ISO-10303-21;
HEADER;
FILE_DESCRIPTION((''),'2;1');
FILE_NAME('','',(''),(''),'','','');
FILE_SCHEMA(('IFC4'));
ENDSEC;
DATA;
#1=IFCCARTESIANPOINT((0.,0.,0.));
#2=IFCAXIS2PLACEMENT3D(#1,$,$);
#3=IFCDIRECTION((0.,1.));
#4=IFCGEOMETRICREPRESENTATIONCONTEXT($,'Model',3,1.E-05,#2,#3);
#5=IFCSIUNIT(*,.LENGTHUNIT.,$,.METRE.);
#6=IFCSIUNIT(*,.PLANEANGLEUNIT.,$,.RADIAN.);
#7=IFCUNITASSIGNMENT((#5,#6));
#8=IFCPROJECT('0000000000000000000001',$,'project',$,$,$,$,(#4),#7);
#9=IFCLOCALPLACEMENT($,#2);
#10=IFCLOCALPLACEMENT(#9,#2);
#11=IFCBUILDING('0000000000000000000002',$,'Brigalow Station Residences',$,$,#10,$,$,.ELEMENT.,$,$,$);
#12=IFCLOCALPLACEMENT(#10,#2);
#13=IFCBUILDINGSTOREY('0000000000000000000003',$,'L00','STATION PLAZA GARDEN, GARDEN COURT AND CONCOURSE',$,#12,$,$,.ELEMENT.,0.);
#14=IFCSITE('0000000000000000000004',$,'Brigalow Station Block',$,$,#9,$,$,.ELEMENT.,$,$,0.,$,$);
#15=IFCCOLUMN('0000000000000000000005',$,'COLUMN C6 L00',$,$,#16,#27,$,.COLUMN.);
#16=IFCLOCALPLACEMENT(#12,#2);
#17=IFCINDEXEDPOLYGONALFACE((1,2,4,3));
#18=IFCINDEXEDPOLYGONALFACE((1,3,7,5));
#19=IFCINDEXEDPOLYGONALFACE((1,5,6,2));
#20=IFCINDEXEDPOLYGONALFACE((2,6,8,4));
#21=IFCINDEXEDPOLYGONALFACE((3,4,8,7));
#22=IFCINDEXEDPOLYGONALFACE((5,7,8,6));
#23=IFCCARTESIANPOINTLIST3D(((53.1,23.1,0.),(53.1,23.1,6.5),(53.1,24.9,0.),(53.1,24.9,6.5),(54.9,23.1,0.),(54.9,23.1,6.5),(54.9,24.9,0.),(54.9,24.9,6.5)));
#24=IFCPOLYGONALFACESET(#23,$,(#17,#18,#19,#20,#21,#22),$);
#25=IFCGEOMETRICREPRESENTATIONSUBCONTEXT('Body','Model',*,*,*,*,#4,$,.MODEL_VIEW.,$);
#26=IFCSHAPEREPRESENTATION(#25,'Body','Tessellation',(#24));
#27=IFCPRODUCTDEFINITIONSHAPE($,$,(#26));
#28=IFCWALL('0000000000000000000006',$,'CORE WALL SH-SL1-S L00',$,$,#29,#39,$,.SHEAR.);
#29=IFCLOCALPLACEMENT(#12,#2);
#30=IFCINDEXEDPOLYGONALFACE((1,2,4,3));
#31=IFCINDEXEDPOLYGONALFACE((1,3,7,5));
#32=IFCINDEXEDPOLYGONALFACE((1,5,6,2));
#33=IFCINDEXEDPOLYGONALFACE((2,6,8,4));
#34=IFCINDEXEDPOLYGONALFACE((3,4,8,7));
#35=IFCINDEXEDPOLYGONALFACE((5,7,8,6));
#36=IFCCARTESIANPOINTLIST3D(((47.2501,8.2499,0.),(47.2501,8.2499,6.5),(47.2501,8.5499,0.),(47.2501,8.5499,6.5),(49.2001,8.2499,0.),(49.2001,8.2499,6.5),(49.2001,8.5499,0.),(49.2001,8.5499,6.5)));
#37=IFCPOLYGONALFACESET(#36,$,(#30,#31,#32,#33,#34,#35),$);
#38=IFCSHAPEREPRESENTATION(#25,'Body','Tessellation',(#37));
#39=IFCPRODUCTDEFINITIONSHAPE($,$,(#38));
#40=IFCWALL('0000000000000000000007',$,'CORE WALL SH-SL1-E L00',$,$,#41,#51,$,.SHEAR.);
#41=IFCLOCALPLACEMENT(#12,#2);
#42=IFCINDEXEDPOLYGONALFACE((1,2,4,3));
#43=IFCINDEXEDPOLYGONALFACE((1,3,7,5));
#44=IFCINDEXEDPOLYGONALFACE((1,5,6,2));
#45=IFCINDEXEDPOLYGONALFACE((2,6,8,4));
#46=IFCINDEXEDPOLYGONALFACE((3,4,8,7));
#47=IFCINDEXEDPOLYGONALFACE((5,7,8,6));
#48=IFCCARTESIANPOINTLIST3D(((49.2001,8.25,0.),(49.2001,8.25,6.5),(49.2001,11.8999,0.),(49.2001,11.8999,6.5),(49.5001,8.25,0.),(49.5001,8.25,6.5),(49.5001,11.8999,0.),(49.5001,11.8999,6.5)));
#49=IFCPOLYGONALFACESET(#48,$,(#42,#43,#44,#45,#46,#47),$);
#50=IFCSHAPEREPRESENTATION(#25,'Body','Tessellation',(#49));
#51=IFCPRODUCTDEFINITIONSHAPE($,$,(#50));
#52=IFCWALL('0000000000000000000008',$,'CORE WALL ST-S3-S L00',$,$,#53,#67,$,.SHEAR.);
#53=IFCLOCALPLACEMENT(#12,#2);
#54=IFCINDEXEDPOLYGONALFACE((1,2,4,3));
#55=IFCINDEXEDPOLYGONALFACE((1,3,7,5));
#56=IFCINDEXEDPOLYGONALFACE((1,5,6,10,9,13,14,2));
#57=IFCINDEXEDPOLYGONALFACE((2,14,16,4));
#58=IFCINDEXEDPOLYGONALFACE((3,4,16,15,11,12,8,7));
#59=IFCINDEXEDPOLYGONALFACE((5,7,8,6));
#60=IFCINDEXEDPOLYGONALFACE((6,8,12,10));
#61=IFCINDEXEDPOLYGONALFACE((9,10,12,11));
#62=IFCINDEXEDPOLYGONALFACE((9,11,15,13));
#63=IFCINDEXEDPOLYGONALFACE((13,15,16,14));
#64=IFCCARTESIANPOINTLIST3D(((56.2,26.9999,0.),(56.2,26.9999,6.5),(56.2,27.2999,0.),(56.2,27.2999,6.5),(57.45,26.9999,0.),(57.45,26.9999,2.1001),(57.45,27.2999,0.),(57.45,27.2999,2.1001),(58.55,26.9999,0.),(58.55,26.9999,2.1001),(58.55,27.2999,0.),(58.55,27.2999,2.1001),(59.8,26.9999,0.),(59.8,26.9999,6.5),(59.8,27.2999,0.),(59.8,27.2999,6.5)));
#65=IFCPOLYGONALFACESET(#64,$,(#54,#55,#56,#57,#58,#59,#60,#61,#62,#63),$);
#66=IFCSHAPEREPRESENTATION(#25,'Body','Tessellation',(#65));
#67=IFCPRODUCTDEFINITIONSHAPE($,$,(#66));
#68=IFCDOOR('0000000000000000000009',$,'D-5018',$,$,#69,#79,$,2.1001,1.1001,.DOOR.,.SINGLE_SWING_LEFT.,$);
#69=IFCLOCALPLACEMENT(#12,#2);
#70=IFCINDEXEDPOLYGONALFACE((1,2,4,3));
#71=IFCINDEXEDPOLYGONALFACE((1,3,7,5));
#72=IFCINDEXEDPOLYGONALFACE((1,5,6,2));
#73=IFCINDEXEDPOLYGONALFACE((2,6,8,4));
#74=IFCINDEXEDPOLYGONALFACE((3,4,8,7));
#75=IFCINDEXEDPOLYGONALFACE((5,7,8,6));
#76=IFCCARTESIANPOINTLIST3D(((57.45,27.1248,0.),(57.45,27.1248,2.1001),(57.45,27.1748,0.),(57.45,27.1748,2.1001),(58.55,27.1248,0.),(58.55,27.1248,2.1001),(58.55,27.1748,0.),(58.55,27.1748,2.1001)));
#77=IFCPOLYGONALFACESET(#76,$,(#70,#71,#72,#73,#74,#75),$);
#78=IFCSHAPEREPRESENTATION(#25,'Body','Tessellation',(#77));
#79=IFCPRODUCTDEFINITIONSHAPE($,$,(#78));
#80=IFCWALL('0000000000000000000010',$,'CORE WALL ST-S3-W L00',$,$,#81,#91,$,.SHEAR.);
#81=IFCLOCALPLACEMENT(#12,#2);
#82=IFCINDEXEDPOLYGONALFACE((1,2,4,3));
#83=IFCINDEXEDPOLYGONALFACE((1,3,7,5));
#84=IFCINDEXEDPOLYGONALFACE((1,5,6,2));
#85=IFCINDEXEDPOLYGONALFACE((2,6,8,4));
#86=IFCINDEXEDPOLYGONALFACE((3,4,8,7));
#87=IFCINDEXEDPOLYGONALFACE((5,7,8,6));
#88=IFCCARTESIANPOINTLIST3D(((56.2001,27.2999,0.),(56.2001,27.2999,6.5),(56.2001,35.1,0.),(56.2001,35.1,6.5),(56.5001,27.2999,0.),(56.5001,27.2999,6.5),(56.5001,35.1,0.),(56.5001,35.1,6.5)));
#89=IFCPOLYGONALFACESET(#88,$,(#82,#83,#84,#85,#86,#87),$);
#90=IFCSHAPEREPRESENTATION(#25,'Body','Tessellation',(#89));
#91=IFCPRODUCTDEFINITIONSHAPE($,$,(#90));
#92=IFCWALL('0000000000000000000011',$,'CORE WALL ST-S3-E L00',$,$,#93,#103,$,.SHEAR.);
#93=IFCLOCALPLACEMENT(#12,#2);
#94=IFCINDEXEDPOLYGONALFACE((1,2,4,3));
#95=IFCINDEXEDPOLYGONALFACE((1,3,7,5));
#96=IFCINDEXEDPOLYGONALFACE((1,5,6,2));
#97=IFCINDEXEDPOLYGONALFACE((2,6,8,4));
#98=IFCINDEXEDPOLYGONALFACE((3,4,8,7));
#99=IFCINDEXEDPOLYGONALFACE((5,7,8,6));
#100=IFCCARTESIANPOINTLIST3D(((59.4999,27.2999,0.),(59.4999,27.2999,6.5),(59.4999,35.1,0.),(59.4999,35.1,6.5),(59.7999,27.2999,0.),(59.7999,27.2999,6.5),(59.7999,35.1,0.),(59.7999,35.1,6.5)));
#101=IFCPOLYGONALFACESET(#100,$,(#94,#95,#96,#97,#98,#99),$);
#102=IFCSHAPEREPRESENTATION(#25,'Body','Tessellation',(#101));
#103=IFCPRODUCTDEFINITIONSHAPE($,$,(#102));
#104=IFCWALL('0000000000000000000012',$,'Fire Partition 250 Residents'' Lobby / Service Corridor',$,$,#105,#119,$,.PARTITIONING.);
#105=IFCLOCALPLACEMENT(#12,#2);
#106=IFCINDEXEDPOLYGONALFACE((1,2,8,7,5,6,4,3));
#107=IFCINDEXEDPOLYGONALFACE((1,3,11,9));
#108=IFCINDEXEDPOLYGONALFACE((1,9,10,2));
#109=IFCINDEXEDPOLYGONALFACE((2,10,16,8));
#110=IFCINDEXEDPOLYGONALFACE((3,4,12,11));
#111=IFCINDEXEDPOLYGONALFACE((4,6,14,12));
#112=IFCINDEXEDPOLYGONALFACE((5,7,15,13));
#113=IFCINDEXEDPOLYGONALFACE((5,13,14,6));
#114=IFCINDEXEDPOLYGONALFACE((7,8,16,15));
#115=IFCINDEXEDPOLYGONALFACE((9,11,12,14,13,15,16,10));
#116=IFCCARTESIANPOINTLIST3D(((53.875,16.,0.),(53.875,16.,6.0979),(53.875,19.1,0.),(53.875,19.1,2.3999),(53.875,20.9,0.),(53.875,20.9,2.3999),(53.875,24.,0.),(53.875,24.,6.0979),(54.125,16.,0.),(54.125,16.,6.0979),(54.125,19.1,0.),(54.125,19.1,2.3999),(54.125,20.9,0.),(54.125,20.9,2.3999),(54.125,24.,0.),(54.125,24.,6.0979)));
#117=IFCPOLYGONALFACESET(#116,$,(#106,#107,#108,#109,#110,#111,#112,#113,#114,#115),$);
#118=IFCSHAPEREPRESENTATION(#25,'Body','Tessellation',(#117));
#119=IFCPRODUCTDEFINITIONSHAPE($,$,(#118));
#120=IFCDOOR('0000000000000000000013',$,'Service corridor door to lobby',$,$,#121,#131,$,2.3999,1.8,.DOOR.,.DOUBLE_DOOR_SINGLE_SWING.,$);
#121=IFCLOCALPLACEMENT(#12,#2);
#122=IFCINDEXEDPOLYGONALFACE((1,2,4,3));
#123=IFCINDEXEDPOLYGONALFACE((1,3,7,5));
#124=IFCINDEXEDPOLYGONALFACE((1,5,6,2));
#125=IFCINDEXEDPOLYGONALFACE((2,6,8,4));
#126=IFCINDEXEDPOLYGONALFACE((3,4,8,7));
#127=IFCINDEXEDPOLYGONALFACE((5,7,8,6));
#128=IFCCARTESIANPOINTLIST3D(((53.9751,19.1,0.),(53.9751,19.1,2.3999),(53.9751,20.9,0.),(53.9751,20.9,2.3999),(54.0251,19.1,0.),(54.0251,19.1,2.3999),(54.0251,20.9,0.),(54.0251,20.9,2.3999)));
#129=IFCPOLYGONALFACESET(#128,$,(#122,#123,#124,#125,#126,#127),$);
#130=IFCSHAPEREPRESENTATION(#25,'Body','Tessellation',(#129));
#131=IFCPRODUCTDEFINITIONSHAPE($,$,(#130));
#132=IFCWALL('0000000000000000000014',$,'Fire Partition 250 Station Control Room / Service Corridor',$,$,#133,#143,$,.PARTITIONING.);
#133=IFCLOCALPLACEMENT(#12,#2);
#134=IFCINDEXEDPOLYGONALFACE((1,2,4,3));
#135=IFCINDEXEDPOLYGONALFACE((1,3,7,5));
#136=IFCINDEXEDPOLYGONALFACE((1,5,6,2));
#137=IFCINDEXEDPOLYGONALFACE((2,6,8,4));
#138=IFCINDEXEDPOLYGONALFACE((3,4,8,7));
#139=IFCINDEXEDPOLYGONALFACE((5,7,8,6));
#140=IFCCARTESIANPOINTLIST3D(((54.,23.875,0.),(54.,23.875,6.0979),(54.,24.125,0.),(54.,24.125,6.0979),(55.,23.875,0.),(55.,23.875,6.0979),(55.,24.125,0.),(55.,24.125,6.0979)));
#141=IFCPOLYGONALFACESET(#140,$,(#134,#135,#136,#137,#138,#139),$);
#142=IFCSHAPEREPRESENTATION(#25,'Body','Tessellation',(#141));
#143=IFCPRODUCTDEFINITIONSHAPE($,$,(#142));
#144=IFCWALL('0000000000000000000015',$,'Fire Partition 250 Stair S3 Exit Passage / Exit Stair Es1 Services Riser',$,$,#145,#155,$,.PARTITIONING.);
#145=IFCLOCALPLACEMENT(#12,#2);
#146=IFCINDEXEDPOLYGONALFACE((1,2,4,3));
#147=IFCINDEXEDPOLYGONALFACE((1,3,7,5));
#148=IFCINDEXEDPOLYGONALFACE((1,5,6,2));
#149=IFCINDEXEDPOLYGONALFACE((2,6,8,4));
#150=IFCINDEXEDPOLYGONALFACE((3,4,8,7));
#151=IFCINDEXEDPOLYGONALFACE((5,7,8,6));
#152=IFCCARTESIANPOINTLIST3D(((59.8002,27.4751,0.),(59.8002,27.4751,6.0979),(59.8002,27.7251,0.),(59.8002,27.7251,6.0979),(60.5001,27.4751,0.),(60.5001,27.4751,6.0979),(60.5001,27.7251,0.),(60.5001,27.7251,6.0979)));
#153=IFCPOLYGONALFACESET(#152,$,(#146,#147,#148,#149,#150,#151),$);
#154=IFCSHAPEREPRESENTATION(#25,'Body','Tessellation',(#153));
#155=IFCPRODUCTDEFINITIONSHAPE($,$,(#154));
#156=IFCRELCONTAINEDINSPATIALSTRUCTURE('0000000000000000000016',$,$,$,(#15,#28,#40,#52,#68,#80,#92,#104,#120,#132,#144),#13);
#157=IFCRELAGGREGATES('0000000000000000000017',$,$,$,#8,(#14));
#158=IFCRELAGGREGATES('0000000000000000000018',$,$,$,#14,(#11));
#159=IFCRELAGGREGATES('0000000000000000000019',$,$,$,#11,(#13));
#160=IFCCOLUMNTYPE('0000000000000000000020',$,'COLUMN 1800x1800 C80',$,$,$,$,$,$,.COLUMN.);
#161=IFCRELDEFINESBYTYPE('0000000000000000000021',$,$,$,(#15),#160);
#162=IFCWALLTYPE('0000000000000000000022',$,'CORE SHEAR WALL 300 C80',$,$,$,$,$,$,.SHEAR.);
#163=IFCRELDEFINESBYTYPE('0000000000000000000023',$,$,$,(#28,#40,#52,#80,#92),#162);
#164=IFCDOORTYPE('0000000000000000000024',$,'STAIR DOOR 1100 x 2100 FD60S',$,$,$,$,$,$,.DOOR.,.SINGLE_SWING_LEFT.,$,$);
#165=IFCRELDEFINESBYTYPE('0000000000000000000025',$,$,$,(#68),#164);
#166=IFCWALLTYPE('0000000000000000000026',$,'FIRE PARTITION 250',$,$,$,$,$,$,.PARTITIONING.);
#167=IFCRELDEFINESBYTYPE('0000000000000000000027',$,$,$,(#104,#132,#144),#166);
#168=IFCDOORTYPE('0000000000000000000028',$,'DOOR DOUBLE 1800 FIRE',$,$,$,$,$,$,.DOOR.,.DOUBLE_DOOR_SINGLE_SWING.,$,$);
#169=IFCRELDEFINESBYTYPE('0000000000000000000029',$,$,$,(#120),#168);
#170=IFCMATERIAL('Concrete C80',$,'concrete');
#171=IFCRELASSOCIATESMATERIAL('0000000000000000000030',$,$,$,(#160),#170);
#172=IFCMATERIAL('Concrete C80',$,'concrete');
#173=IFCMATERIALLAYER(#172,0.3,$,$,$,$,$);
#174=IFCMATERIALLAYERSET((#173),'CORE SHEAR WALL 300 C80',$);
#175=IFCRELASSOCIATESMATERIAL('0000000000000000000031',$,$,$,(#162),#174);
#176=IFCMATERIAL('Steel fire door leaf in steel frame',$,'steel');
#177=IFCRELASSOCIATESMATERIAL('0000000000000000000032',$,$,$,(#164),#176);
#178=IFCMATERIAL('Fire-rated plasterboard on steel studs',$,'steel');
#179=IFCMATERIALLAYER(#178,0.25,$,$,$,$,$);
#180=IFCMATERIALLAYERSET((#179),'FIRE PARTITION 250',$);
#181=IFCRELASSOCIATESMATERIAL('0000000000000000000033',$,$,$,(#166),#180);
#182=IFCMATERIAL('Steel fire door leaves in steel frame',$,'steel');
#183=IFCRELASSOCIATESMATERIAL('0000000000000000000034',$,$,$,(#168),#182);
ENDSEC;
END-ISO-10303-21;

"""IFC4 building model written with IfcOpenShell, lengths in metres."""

from ifc_helpers import new_model, si_unit, direction, frame, frame_2d, origin, origin_2d, place, context, subcontext, project, spatial, rectangle, extrude, material, layer, layer_set, material_profile, profile_set, type_object, element, fill, save


model = new_model("IFC4")

# Units and contexts
model_context = context("Model", 3, precision=1e-05, world=origin(), true_north=direction((0.0, 1.0)))
body_context = subcontext(model_context, "Body", "Model", "MODEL_VIEW")
ifc_project = project(units=[si_unit("LENGTHUNIT", "METRE"), si_unit("PLANEANGLEUNIT", "RADIAN")], contexts=[model_context])

# Site, building, storey
site_placement = place(None, origin())
site = spatial("IfcSite", under=ifc_project, at=site_placement, Name="Brigalow Station Block", CompositionType="ELEMENT", RefElevation=0.0)
building_placement = place(site_placement, origin())
building = spatial("IfcBuilding", under=site, at=building_placement, Name="Brigalow Station Residences", CompositionType="ELEMENT")
storey_placement = place(building_placement, origin())
storey = spatial("IfcBuildingStorey", under=building, at=storey_placement, Name="L00", Description="STATION PLAZA GARDEN, GARDEN COURT AND CONCOURSE", CompositionType="ELEMENT", Elevation=0.0)

# Column
ifc_material_1 = material(Name="Concrete C80", Category="concrete")
ifc_material_profile = material_profile(ifc_material_1, rectangle(XDim=1.8, YDim=1.8, at=origin_2d()), Name="RC1800x1800")
ifc_profile_set = profile_set([ifc_material_profile], Name="Concrete C80")
column_type = type_object("IfcColumnType", Name="COLUMN 1800x1800 C80", PredefinedType="COLUMN", material=ifc_profile_set)
column_placement = place(storey_placement, frame((54.0, 24.0, 0.0), z_axis=(0.0, 0.0, 1.0), x_axis=(1.0, 0.0, 0.0)))
element("IfcColumn", 1, at=column_placement, inside=storey, type_object=column_type, Name="COLUMN C6 L00", PredefinedType="COLUMN", context=body_context, shape_type="SweptSolid", body=[
    extrude(rectangle(XDim=1.8, YDim=1.8, at=origin_2d()), origin(), (0.0, 0.0, 1.0), 6.5),
])

# Walls
ifc_material_2 = material(Name="Concrete C80", Category="concrete")
ifc_layer_1 = layer(ifc_material_2, 0.3)
ifc_layer_set_1 = layer_set([ifc_layer_1], Name="CORE SHEAR WALL 300 C80")
wall_type_1 = type_object("IfcWallType", Name="CORE SHEAR WALL 300 C80", PredefinedType="SHEAR", material=ifc_layer_set_1)
wall_1_placement = place(storey_placement, frame((47.25, 8.3999, 0.0), z_axis=(0.0, 0.0, 1.0), x_axis=(1.0, 0.0, 0.0)))
element("IfcWall", 2, at=wall_1_placement, inside=storey, type_object=wall_type_1, Name="CORE WALL SH-SL1-S L00", PredefinedType="SHEAR", context=body_context, shape_type="SweptSolid", body=[
    extrude(rectangle(XDim=1.95, YDim=0.3, at=frame_2d((0.9751, 0.0))), origin(), (0.0, 0.0, 1.0), 6.5),
])
wall_2_placement = place(storey_placement, frame((49.3501, 8.25, 0.0), z_axis=(0.0, 0.0, 1.0), x_axis=(0.0, 1.0, 0.0)))
element("IfcWall", 3, at=wall_2_placement, inside=storey, type_object=wall_type_1, Name="CORE WALL SH-SL1-E L00", PredefinedType="SHEAR", context=body_context, shape_type="SweptSolid", body=[
    extrude(rectangle(XDim=3.6499, YDim=0.3, at=frame_2d((1.825, 0.0))), origin(), (0.0, 0.0, 1.0), 6.5),
])

# Wall, opening, door
wall_3_placement = place(storey_placement, frame((56.2, 27.1499, 0.0), z_axis=(0.0, 0.0, 1.0), x_axis=(1.0, 0.0, 0.0)))
wall_3 = element("IfcWall", 4, at=wall_3_placement, inside=storey, type_object=wall_type_1, Name="CORE WALL ST-S3-S L00", PredefinedType="SHEAR", context=body_context, shape_type="SweptSolid", body=[
    extrude(rectangle(XDim=3.6001, YDim=0.3, at=frame_2d((1.8, 0.0))), origin(), (0.0, 0.0, 1.0), 6.5),
])
opening_1_placement = place(wall_3_placement, frame((1.25, 0.0, 0.0)))
opening_1 = element("IfcOpeningElement", 5, at=opening_1_placement, cuts=wall_3, PredefinedType="OPENING", context=body_context, shape_type="SweptSolid", body=[
    extrude(rectangle(XDim=1.1001, YDim=2.1001, at=frame_2d((0.55, 1.05))), frame((0.0, 0.1602, 0.0), z_axis=(0.0, -1.0, 0.0), x_axis=(1.0, 0.0, 0.0)), (0.0, 0.0, 1.0), 0.3201),
])
ifc_material_3 = material(Name="Steel fire door leaf in steel frame", Category="steel")
door_type_1 = type_object("IfcDoorType", Name="STAIR DOOR 1100 x 2100 FD60S", OperationType="SINGLE_SWING_LEFT", PredefinedType="DOOR", material=ifc_material_3)
door_1_placement = place(opening_1_placement, origin())
door_1 = element("IfcDoor", 6, at=door_1_placement, inside=storey, type_object=door_type_1, Name="D-5018", OperationType="SINGLE_SWING_LEFT", OverallHeight=2.1001, OverallWidth=1.1001, PredefinedType="DOOR", context=body_context, shape_type="SweptSolid", body=[
    extrude(rectangle(XDim=1.1001, YDim=2.1001, at=frame_2d((0.55, 1.05))), frame((0.0, 0.0249, 0.0), z_axis=(0.0, -1.0, 0.0), x_axis=(1.0, 0.0, 0.0)), (0.0, 0.0, 1.0), 0.05),
])
fill(opening_1, door_1)

# Walls
for number, where, z_axis, x_axis, name in (
    (7, (56.3501, 27.3, 0.0), (0.0, 0.0, 1.0), (0.0, 1.0, 0.0), "CORE WALL ST-S3-W L00"),
    (8, (59.6499, 27.3, 0.0), (0.0, 0.0, 1.0), (0.0, 1.0, 0.0), "CORE WALL ST-S3-E L00"),
):
    element("IfcWall", number, at=place(storey_placement, frame(where, z_axis=z_axis, x_axis=x_axis)), inside=storey, type_object=wall_type_1, Name=name, PredefinedType="SHEAR", context=body_context, shape_type="SweptSolid", body=[
        extrude(rectangle(XDim=7.8, YDim=0.3, at=frame_2d((3.8999, 0.0))), origin(), (0.0, 0.0, 1.0), 6.5),
    ])

# Wall, opening, door
ifc_material_4 = material(Name="Fire-rated plasterboard on steel studs", Category="steel")
ifc_layer_2 = layer(ifc_material_4, 0.25)
ifc_layer_set_2 = layer_set([ifc_layer_2], Name="FIRE PARTITION 250")
wall_type_2 = type_object("IfcWallType", Name="FIRE PARTITION 250", PredefinedType="PARTITIONING", material=ifc_layer_set_2)
wall_4_placement = place(storey_placement, frame((54.0, 16.0, 0.0), z_axis=(0.0, 0.0, 1.0), x_axis=(0.0, 1.0, 0.0)))
wall_4 = element("IfcWall", 9, at=wall_4_placement, inside=storey, type_object=wall_type_2, Name="Fire Partition 250 Residents' Lobby / Service Corridor", PredefinedType="PARTITIONING", context=body_context, shape_type="SweptSolid", body=[
    extrude(rectangle(XDim=8.0, YDim=0.25, at=frame_2d((4.0, 0.0))), origin(), (0.0, 0.0, 1.0), 6.0979),
])
opening_2_placement = place(wall_4_placement, frame((3.1001, 0.0, 0.0)))
opening_2 = element("IfcOpeningElement", 10, at=opening_2_placement, cuts=wall_4, PredefinedType="OPENING", context=body_context, shape_type="SweptSolid", body=[
    extrude(rectangle(XDim=1.8, YDim=2.3999, at=frame_2d((0.8999, 1.2))), frame((0.0, 0.135, 0.0), z_axis=(0.0, -1.0, 0.0), x_axis=(1.0, 0.0, 0.0)), (0.0, 0.0, 1.0), 0.27),
])
ifc_material_5 = material(Name="Steel fire door leaves in steel frame", Category="steel")
door_type_2 = type_object("IfcDoorType", Name="DOOR DOUBLE 1800 FIRE", OperationType="DOUBLE_DOOR_SINGLE_SWING", PredefinedType="DOOR", material=ifc_material_5)
door_2_placement = place(opening_2_placement, origin())
door_2 = element("IfcDoor", 11, at=door_2_placement, inside=storey, type_object=door_type_2, Name="Service corridor door to lobby", OperationType="DOUBLE_DOOR_SINGLE_SWING", OverallHeight=2.3999, OverallWidth=1.8, PredefinedType="DOOR", context=body_context, shape_type="SweptSolid", body=[
    extrude(rectangle(XDim=1.8, YDim=2.3999, at=frame_2d((0.8999, 1.2))), frame((0.0, 0.0249, 0.0), z_axis=(0.0, -1.0, 0.0), x_axis=(1.0, 0.0, 0.0)), (0.0, 0.0, 1.0), 0.05),
])
fill(opening_2, door_2)

# Walls
wall_5_placement = place(storey_placement, frame((54.0, 24.0, 0.0), z_axis=(0.0, 0.0, 1.0), x_axis=(1.0, 0.0, 0.0)))
element("IfcWall", 12, at=wall_5_placement, inside=storey, type_object=wall_type_2, Name="Fire Partition 250 Station Control Room / Service Corridor", PredefinedType="PARTITIONING", context=body_context, shape_type="SweptSolid", body=[
    extrude(rectangle(XDim=1.0, YDim=0.25, at=frame_2d((0.5, 0.0))), origin(), (0.0, 0.0, 1.0), 6.0979),
])
wall_6_placement = place(storey_placement, frame((59.8, 27.6001, 0.0), z_axis=(0.0, 0.0, 1.0), x_axis=(1.0, 0.0, 0.0)))
element("IfcWall", 13, at=wall_6_placement, inside=storey, type_object=wall_type_2, Name="Fire Partition 250 Stair S3 Exit Passage / Exit Stair Es1 Services Riser", PredefinedType="PARTITIONING", context=body_context, shape_type="SweptSolid", body=[
    extrude(rectangle(XDim=0.7, YDim=0.25, at=frame_2d((0.3501, 0.0))), origin(), (0.0, 0.0, 1.0), 6.0979),
])

save(model, "model.ifc")
